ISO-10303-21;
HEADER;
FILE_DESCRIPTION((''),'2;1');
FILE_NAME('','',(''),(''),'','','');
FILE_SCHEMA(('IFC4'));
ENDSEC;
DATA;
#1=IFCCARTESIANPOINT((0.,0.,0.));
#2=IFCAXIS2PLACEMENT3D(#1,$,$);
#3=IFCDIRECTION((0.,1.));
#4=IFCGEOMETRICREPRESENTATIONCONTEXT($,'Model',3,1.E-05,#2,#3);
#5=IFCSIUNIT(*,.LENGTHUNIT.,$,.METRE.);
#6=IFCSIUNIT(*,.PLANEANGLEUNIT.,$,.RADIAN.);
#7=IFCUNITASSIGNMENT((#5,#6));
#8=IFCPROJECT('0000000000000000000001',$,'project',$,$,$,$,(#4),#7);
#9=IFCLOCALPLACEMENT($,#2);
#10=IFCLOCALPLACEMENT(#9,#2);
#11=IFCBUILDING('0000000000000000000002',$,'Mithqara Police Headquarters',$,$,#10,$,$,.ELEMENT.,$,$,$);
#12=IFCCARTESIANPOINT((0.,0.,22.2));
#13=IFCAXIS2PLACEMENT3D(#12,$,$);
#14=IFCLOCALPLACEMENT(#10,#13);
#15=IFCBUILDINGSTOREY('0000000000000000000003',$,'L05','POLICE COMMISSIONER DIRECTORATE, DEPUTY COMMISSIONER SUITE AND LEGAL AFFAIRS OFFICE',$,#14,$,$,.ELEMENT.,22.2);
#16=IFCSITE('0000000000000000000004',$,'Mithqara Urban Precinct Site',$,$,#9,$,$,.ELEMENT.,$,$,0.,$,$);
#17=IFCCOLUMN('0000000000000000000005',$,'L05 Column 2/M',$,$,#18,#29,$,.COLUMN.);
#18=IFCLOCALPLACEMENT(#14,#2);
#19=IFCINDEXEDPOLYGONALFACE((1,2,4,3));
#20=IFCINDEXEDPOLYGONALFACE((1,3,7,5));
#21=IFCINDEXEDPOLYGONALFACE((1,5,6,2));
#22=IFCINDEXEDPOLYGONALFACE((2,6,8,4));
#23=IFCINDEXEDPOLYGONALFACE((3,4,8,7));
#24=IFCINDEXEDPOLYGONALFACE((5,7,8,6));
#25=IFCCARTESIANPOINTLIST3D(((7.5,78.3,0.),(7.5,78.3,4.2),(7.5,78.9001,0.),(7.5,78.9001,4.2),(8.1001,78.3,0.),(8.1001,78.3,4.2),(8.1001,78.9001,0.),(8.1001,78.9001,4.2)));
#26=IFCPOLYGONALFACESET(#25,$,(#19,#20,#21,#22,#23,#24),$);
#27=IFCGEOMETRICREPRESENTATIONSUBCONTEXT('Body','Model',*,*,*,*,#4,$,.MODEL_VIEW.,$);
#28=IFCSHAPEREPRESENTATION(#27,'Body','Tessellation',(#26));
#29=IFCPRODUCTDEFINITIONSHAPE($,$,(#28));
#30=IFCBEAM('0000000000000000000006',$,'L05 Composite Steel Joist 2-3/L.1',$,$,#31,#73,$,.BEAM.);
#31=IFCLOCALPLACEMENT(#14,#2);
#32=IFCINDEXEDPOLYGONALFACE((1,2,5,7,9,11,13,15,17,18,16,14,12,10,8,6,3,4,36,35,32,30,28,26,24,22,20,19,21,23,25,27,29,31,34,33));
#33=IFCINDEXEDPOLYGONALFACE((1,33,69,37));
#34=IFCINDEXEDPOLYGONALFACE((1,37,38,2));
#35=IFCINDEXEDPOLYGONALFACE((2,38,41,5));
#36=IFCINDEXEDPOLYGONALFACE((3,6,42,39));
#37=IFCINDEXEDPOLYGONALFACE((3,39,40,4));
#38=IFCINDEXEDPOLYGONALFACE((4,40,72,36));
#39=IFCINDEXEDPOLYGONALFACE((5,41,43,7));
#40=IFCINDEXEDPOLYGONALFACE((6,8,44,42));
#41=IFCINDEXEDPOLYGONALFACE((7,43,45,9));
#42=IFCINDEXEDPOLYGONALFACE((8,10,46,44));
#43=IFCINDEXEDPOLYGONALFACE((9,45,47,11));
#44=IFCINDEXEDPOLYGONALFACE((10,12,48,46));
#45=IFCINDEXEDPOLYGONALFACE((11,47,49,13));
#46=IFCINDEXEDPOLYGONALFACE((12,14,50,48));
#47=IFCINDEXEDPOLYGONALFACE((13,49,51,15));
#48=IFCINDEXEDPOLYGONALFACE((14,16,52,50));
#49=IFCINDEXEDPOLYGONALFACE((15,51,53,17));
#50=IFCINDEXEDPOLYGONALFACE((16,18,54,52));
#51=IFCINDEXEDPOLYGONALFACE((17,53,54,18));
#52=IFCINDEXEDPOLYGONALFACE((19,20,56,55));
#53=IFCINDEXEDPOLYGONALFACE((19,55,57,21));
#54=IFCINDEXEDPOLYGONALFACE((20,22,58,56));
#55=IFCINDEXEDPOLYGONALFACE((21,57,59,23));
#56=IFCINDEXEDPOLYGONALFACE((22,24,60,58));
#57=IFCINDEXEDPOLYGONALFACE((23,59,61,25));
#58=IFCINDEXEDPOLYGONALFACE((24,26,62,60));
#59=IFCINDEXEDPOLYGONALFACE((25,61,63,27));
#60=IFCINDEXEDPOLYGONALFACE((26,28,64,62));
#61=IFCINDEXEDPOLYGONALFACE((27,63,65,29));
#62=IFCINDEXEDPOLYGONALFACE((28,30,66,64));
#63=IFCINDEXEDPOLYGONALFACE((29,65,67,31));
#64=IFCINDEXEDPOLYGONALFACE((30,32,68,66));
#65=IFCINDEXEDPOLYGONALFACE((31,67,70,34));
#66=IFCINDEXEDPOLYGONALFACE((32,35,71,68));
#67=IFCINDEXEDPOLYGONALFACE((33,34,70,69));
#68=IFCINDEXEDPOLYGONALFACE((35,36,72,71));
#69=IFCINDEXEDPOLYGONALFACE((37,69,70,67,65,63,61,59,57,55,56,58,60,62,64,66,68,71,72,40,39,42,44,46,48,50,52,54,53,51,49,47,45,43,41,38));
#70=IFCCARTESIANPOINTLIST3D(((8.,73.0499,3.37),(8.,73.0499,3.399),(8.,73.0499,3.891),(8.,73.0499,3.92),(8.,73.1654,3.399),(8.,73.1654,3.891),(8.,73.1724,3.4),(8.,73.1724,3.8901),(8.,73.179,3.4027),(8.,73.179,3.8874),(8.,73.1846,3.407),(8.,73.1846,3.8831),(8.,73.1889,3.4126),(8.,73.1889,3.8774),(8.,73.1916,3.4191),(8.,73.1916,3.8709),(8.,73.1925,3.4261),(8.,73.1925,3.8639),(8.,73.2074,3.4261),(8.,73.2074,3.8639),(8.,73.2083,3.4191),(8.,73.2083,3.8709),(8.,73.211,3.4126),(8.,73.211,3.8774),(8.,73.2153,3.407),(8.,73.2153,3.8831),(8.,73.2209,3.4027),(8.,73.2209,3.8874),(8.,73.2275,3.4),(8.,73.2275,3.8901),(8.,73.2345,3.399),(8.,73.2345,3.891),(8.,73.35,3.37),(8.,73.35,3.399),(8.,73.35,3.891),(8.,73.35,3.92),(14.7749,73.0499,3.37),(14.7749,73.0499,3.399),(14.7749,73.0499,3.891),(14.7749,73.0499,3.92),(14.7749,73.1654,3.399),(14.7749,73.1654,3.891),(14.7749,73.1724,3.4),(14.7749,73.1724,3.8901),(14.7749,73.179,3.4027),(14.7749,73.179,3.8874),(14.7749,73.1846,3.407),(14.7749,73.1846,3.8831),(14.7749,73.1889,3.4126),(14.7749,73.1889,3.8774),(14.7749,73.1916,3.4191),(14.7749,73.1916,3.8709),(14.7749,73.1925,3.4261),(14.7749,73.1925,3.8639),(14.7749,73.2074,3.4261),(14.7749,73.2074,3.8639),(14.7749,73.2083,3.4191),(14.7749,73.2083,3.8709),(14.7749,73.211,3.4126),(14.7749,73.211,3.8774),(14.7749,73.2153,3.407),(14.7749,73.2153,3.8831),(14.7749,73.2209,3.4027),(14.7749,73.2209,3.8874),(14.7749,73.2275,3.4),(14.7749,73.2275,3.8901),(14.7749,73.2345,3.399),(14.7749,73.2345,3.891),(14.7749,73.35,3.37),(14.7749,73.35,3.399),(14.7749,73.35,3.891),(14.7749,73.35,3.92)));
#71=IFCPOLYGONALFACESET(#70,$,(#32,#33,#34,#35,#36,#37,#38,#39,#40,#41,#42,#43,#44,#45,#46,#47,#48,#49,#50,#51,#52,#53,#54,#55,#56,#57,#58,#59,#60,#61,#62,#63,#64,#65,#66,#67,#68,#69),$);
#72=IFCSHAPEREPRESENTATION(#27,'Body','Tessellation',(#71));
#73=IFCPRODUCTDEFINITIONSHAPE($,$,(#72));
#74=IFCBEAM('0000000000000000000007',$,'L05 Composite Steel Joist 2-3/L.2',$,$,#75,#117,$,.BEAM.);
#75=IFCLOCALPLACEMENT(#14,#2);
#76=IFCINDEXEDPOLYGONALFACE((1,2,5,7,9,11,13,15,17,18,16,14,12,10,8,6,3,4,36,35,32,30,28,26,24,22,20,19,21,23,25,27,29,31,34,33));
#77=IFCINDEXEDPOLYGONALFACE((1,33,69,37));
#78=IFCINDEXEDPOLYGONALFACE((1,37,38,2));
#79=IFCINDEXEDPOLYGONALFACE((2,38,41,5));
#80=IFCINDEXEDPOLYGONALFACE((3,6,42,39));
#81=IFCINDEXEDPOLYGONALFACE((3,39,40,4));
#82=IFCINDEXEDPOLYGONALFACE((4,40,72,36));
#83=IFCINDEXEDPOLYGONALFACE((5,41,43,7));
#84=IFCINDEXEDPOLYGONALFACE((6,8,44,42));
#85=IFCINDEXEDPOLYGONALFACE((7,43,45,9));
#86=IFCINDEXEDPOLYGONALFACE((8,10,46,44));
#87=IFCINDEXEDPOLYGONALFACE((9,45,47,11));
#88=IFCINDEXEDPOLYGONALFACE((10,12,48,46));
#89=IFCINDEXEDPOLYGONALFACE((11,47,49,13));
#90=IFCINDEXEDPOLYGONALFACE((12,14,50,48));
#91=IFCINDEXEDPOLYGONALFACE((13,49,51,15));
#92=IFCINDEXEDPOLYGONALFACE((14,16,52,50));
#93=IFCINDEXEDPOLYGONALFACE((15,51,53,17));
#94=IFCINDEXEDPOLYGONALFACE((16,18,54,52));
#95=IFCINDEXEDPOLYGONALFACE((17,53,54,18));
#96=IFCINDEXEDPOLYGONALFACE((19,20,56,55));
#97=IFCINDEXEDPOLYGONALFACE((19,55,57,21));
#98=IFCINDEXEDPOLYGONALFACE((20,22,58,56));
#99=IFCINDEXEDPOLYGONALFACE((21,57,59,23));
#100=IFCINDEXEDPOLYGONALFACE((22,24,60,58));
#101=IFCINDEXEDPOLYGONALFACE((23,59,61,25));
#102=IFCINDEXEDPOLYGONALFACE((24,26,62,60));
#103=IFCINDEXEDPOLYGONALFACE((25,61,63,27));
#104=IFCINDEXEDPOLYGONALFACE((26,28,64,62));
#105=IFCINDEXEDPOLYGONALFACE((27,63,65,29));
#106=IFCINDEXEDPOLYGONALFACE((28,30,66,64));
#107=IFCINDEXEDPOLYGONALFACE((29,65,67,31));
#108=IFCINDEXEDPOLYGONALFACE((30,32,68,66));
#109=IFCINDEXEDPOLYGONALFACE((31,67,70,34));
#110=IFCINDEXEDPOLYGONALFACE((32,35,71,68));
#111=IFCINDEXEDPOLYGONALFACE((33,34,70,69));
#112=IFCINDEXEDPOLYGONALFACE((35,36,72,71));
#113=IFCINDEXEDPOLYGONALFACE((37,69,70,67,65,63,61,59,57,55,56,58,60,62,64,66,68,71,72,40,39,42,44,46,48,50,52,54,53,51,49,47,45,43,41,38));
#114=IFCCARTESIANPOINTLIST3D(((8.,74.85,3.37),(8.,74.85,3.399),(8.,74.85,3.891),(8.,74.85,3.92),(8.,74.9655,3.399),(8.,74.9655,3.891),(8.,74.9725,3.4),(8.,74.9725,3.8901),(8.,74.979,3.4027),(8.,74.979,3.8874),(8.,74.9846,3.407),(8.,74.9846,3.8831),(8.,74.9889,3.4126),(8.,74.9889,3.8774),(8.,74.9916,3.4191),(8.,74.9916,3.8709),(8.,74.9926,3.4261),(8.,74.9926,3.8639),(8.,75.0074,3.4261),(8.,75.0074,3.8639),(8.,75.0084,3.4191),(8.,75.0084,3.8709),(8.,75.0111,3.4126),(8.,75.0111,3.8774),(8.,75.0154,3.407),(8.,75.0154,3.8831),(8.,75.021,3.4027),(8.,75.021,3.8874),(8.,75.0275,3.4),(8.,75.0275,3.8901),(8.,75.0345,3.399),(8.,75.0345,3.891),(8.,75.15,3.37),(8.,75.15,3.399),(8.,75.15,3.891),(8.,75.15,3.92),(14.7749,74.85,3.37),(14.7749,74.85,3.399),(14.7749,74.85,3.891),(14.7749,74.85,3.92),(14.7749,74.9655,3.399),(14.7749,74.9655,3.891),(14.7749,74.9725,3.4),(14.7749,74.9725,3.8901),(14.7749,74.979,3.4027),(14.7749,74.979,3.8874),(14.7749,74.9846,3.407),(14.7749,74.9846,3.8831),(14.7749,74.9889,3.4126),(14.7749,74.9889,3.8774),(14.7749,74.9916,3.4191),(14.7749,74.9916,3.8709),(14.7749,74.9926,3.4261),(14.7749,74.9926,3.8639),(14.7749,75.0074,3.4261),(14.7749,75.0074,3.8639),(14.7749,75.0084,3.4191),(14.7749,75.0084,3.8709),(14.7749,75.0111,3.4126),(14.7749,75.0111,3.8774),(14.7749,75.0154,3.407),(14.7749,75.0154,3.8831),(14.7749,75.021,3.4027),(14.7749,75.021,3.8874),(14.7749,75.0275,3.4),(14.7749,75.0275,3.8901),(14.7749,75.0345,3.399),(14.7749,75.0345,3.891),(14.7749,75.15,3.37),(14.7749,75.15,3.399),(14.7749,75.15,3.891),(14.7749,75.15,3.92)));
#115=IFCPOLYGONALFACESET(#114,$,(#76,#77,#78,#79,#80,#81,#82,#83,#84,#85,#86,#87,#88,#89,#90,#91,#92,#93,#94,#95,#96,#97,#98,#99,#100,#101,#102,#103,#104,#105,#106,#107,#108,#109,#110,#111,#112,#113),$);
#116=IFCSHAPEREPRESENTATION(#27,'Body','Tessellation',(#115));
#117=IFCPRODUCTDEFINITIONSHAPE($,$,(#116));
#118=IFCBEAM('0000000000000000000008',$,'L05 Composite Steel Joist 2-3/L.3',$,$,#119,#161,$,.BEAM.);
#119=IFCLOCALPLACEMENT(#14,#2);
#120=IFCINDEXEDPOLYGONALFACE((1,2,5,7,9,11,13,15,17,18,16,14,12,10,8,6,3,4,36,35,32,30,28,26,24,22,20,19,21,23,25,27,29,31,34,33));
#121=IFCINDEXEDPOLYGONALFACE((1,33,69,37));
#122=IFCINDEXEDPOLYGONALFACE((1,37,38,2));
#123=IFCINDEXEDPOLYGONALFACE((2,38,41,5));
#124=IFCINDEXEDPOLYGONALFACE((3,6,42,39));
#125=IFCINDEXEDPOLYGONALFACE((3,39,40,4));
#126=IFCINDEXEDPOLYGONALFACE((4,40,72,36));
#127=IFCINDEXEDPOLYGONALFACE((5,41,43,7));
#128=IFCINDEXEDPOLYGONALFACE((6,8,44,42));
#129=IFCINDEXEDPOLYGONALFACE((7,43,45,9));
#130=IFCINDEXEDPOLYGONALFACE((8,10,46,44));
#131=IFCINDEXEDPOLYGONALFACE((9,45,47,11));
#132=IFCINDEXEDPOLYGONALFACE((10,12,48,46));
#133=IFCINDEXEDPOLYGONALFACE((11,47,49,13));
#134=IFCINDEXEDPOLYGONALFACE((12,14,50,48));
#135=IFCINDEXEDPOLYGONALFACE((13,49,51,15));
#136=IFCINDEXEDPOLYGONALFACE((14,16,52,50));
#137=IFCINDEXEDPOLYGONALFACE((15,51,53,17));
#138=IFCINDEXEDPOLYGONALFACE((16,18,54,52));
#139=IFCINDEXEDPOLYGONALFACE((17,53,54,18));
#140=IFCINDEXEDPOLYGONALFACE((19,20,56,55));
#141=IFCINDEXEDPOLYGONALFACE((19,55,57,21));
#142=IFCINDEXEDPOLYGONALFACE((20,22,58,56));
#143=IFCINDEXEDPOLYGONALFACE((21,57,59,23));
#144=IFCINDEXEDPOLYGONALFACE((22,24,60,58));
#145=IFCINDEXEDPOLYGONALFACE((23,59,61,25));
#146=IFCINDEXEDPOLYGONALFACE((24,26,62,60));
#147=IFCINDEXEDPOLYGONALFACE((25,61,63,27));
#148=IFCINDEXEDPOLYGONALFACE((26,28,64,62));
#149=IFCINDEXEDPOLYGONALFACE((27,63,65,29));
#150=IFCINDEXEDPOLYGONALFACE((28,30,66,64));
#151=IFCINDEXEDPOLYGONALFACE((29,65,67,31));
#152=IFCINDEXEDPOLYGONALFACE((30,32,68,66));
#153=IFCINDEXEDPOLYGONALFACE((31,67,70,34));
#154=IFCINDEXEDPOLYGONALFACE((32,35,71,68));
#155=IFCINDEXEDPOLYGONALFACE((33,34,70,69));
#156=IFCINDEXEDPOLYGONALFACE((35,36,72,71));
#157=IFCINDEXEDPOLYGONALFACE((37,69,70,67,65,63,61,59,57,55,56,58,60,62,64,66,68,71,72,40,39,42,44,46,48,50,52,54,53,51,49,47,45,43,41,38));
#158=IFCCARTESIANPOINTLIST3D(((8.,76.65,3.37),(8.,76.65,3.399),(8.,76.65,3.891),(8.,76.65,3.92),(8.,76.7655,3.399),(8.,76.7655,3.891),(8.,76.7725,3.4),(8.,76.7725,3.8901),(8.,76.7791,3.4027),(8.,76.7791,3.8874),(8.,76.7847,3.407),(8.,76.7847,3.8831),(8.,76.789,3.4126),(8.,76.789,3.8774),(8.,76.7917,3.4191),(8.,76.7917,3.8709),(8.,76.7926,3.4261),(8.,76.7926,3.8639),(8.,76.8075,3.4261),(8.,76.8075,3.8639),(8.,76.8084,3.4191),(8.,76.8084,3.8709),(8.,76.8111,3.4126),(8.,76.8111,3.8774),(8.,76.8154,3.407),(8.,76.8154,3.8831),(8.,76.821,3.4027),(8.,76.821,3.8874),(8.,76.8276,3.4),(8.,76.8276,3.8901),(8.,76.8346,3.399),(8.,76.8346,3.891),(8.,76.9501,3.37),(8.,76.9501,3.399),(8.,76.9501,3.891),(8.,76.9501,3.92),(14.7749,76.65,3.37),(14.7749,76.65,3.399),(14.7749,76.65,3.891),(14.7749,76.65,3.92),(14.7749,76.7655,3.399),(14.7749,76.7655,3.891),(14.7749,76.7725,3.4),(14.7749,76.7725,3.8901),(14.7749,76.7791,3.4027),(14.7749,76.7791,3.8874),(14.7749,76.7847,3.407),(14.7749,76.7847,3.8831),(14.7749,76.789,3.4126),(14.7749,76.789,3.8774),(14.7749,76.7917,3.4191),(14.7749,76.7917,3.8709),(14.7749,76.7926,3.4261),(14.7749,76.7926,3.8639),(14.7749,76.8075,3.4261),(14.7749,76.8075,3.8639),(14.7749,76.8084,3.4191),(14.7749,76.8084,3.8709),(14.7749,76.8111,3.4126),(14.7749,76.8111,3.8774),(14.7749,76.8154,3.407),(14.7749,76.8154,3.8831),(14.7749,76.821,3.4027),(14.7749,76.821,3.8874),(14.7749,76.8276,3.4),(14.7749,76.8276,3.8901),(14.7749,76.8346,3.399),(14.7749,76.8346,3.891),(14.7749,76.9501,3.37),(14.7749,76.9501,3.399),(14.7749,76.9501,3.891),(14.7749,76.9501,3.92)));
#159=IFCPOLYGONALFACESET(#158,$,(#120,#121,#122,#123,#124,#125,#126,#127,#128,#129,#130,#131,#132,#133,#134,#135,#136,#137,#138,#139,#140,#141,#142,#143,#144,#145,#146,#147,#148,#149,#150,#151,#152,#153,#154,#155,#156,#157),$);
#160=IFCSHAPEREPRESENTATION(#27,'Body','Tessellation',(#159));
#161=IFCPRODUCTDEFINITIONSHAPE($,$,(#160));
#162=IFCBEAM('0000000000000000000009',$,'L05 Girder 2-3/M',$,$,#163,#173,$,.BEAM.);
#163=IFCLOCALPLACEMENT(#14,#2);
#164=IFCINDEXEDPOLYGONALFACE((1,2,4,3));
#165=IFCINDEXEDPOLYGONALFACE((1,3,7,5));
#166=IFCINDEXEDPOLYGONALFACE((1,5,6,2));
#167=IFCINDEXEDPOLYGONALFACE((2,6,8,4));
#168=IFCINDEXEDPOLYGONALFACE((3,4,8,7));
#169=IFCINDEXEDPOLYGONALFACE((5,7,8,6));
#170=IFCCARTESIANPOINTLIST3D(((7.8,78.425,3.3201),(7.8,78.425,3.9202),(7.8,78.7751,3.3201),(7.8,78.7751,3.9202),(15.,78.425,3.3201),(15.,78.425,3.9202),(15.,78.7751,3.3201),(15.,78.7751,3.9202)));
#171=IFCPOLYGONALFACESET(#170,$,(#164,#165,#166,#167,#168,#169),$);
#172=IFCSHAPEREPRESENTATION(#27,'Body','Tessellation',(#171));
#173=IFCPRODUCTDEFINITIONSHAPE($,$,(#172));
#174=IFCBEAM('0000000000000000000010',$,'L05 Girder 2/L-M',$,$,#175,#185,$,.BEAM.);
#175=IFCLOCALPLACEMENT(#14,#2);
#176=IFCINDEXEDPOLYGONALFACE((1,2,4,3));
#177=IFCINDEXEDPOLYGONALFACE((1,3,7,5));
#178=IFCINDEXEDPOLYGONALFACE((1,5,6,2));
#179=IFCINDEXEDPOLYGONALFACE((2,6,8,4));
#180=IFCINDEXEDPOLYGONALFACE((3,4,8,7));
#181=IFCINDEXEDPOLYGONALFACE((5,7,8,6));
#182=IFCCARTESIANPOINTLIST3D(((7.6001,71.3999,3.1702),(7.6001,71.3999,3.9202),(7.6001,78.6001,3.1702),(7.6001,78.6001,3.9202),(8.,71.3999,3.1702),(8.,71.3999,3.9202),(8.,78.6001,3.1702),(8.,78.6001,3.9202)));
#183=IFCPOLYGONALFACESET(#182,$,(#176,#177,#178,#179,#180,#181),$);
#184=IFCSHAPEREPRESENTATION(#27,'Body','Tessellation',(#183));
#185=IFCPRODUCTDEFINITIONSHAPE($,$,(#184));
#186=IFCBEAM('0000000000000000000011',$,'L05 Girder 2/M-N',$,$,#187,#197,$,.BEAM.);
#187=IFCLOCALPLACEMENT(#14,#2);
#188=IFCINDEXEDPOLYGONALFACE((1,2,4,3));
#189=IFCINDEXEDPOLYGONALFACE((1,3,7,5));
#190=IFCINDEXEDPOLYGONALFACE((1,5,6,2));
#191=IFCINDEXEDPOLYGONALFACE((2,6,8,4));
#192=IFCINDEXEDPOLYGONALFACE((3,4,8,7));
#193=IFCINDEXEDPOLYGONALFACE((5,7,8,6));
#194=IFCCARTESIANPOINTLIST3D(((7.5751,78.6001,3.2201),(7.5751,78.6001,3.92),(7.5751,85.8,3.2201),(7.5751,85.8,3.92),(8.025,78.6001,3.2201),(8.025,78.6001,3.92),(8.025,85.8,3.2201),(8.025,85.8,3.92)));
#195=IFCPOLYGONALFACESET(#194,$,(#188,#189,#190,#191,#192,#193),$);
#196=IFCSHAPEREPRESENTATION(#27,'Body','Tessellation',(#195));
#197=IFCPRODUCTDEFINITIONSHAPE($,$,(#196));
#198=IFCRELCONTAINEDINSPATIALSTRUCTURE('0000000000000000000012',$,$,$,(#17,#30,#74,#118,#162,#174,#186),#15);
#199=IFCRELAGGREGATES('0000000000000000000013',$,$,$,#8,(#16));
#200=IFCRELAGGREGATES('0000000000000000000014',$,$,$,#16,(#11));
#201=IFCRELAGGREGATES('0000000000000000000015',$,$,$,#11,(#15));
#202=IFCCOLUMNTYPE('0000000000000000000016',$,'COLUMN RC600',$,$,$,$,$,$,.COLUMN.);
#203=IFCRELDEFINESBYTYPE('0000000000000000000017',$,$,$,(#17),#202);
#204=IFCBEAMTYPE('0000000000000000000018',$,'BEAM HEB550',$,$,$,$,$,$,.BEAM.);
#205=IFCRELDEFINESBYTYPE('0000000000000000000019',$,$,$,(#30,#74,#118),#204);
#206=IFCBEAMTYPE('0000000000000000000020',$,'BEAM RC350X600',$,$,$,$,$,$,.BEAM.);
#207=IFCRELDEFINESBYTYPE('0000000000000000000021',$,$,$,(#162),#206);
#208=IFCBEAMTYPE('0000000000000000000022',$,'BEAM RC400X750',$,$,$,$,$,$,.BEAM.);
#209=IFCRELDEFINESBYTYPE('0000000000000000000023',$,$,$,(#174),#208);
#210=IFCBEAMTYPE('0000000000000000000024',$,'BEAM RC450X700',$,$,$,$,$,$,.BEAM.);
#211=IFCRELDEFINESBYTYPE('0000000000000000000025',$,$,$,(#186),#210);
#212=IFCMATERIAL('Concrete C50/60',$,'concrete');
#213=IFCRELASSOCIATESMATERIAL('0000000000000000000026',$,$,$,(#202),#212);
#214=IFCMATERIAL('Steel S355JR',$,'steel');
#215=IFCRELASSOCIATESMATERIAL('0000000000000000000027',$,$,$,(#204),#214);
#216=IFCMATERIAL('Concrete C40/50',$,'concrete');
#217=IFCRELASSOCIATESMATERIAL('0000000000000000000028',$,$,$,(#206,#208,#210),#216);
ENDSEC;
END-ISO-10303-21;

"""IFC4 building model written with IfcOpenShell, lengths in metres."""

from ifc_helpers import new_model, si_unit, direction, frame, origin, origin_2d, place, context, subcontext, project, spatial, rectangle, i_section, extrude, material, material_profile, profile_set, type_object, element, save


model = new_model("IFC4")

# Units and contexts
model_context = context("Model", 3, precision=1e-05, world=origin(), true_north=direction((0.0, 1.0)))
body_context = subcontext(model_context, "Body", "Model", "MODEL_VIEW")
ifc_project = project(units=[si_unit("LENGTHUNIT", "METRE"), si_unit("PLANEANGLEUNIT", "RADIAN")], contexts=[model_context])

# Site, building, storey
site_placement = place(None, origin())
site = spatial("IfcSite", under=ifc_project, at=site_placement, Name="Mithqara Urban Precinct Site", CompositionType="ELEMENT", RefElevation=0.0)
building_placement = place(site_placement, origin())
building = spatial("IfcBuilding", under=site, at=building_placement, Name="Mithqara Police Headquarters", CompositionType="ELEMENT")
storey_placement = place(building_placement, frame((0.0, 0.0, 22.2)))
storey = spatial("IfcBuildingStorey", under=building, at=storey_placement, Name="L05", Description="POLICE COMMISSIONER DIRECTORATE, DEPUTY COMMISSIONER SUITE AND LEGAL AFFAIRS OFFICE", CompositionType="ELEMENT", Elevation=22.2)

# Column
ifc_material_1 = material(Name="Concrete C50/60", Category="concrete")
ifc_material_profile_1 = material_profile(ifc_material_1, rectangle(XDim=0.6001, YDim=0.6001, at=origin_2d()), Name="RC 600x600")
ifc_profile_set_1 = profile_set([ifc_material_profile_1], Name="Concrete C50/60")
column_type = type_object("IfcColumnType", Name="COLUMN RC600", PredefinedType="COLUMN", material=ifc_profile_set_1)
column_placement = place(storey_placement, frame((7.8, 78.6001, 0.0), z_axis=(0.0, 0.0, 1.0), x_axis=(1.0, 0.0, 0.0)))
element("IfcColumn", 1, at=column_placement, inside=storey, type_object=column_type, Name="L05 Column 2/M", PredefinedType="COLUMN", context=body_context, shape_type="SweptSolid", body=[
    extrude(rectangle(XDim=0.6001, YDim=0.6001, at=origin_2d()), origin(), (0.0, 0.0, 1.0), 4.2),
])

# Beams
ifc_material_2 = material(Name="Steel S355JR", Category="steel")
ifc_material_profile_2 = material_profile(ifc_material_2, i_section(OverallWidth=0.3, OverallDepth=0.55, WebThickness=0.0149, FlangeThickness=0.0291, FilletRadius=0.0271, at=origin_2d()), Name="HEB 550")
ifc_profile_set_2 = profile_set([ifc_material_profile_2], Name="Steel S355JR")
beam_type_1 = type_object("IfcBeamType", Name="BEAM HEB550", PredefinedType="BEAM", material=ifc_profile_set_2)
for number, where, z_axis, x_axis, name in (
    (2, (8.0, 73.2, 3.645), (1.0, 0.0, 0.0), (0.0, 1.0, 0.0), "L05 Composite Steel Joist 2-3/L.1"),
    (3, (8.0, 75.0, 3.645), (1.0, 0.0, 0.0), (0.0, 1.0, 0.0), "L05 Composite Steel Joist 2-3/L.2"),
    (4, (8.0, 76.8, 3.645), (1.0, 0.0, 0.0), (0.0, 1.0, 0.0), "L05 Composite Steel Joist 2-3/L.3"),
):
    element("IfcBeam", number, at=place(storey_placement, frame(where, z_axis=z_axis, x_axis=x_axis)), inside=storey, type_object=beam_type_1, Name=name, PredefinedType="BEAM", context=body_context, shape_type="SweptSolid", body=[
        extrude(i_section(OverallWidth=0.3, OverallDepth=0.55, WebThickness=0.0149, FlangeThickness=0.0291, FilletRadius=0.0271, at=origin_2d()), origin(), (0.0, 0.0, 1.0), 6.7749),
    ])
ifc_material_3 = material(Name="Concrete C40/50", Category="concrete")
ifc_material_profile_3 = material_profile(ifc_material_3, rectangle(XDim=0.3501, YDim=0.6001, at=origin_2d()), Name="RC 350x600")
ifc_profile_set_3 = profile_set([ifc_material_profile_3], Name="Concrete C40/50")
beam_type_2 = type_object("IfcBeamType", Name="BEAM RC350X600", PredefinedType="BEAM", material=ifc_profile_set_3)
beam_1_placement = place(storey_placement, frame((7.8, 78.6001, 3.6201), z_axis=(1.0, 0.0, 0.0), x_axis=(0.0, 1.0, 0.0)))
element("IfcBeam", 5, at=beam_1_placement, inside=storey, type_object=beam_type_2, Name="L05 Girder 2-3/M", PredefinedType="BEAM", context=body_context, shape_type="SweptSolid", body=[
    extrude(rectangle(XDim=0.3501, YDim=0.6001, at=origin_2d()), origin(), (0.0, 0.0, 1.0), 7.2),
])
ifc_material_profile_4 = material_profile(ifc_material_3, rectangle(XDim=0.3999, YDim=0.75, at=origin_2d()), Name="RC 400x750")
ifc_profile_set_4 = profile_set([ifc_material_profile_4], Name="Concrete C40/50")
beam_type_3 = type_object("IfcBeamType", Name="BEAM RC400X750", PredefinedType="BEAM", material=ifc_profile_set_4)
beam_2_placement = place(storey_placement, frame((7.8, 71.3999, 3.5452), z_axis=(0.0, 1.0, 0.0), x_axis=(-1.0, 0.0, 0.0)))
element("IfcBeam", 6, at=beam_2_placement, inside=storey, type_object=beam_type_3, Name="L05 Girder 2/L-M", PredefinedType="BEAM", context=body_context, shape_type="SweptSolid", body=[
    extrude(rectangle(XDim=0.3999, YDim=0.75, at=origin_2d()), origin(), (0.0, 0.0, 1.0), 7.2002),
])
ifc_material_profile_5 = material_profile(ifc_material_3, rectangle(XDim=0.45, YDim=0.7, at=origin_2d()), Name="RC 450x700")
ifc_profile_set_5 = profile_set([ifc_material_profile_5], Name="Concrete C40/50")
beam_type_4 = type_object("IfcBeamType", Name="BEAM RC450X700", PredefinedType="BEAM", material=ifc_profile_set_5)
beam_3_placement = place(storey_placement, frame((7.8, 78.6001, 3.5701), z_axis=(0.0, 1.0, 0.0), x_axis=(-1.0, 0.0, 0.0)))
element("IfcBeam", 7, at=beam_3_placement, inside=storey, type_object=beam_type_4, Name="L05 Girder 2/M-N", PredefinedType="BEAM", context=body_context, shape_type="SweptSolid", body=[
    extrude(rectangle(XDim=0.45, YDim=0.7, at=origin_2d()), origin(), (0.0, 0.0, 1.0), 7.2),
])

save(model, "model.ifc")
